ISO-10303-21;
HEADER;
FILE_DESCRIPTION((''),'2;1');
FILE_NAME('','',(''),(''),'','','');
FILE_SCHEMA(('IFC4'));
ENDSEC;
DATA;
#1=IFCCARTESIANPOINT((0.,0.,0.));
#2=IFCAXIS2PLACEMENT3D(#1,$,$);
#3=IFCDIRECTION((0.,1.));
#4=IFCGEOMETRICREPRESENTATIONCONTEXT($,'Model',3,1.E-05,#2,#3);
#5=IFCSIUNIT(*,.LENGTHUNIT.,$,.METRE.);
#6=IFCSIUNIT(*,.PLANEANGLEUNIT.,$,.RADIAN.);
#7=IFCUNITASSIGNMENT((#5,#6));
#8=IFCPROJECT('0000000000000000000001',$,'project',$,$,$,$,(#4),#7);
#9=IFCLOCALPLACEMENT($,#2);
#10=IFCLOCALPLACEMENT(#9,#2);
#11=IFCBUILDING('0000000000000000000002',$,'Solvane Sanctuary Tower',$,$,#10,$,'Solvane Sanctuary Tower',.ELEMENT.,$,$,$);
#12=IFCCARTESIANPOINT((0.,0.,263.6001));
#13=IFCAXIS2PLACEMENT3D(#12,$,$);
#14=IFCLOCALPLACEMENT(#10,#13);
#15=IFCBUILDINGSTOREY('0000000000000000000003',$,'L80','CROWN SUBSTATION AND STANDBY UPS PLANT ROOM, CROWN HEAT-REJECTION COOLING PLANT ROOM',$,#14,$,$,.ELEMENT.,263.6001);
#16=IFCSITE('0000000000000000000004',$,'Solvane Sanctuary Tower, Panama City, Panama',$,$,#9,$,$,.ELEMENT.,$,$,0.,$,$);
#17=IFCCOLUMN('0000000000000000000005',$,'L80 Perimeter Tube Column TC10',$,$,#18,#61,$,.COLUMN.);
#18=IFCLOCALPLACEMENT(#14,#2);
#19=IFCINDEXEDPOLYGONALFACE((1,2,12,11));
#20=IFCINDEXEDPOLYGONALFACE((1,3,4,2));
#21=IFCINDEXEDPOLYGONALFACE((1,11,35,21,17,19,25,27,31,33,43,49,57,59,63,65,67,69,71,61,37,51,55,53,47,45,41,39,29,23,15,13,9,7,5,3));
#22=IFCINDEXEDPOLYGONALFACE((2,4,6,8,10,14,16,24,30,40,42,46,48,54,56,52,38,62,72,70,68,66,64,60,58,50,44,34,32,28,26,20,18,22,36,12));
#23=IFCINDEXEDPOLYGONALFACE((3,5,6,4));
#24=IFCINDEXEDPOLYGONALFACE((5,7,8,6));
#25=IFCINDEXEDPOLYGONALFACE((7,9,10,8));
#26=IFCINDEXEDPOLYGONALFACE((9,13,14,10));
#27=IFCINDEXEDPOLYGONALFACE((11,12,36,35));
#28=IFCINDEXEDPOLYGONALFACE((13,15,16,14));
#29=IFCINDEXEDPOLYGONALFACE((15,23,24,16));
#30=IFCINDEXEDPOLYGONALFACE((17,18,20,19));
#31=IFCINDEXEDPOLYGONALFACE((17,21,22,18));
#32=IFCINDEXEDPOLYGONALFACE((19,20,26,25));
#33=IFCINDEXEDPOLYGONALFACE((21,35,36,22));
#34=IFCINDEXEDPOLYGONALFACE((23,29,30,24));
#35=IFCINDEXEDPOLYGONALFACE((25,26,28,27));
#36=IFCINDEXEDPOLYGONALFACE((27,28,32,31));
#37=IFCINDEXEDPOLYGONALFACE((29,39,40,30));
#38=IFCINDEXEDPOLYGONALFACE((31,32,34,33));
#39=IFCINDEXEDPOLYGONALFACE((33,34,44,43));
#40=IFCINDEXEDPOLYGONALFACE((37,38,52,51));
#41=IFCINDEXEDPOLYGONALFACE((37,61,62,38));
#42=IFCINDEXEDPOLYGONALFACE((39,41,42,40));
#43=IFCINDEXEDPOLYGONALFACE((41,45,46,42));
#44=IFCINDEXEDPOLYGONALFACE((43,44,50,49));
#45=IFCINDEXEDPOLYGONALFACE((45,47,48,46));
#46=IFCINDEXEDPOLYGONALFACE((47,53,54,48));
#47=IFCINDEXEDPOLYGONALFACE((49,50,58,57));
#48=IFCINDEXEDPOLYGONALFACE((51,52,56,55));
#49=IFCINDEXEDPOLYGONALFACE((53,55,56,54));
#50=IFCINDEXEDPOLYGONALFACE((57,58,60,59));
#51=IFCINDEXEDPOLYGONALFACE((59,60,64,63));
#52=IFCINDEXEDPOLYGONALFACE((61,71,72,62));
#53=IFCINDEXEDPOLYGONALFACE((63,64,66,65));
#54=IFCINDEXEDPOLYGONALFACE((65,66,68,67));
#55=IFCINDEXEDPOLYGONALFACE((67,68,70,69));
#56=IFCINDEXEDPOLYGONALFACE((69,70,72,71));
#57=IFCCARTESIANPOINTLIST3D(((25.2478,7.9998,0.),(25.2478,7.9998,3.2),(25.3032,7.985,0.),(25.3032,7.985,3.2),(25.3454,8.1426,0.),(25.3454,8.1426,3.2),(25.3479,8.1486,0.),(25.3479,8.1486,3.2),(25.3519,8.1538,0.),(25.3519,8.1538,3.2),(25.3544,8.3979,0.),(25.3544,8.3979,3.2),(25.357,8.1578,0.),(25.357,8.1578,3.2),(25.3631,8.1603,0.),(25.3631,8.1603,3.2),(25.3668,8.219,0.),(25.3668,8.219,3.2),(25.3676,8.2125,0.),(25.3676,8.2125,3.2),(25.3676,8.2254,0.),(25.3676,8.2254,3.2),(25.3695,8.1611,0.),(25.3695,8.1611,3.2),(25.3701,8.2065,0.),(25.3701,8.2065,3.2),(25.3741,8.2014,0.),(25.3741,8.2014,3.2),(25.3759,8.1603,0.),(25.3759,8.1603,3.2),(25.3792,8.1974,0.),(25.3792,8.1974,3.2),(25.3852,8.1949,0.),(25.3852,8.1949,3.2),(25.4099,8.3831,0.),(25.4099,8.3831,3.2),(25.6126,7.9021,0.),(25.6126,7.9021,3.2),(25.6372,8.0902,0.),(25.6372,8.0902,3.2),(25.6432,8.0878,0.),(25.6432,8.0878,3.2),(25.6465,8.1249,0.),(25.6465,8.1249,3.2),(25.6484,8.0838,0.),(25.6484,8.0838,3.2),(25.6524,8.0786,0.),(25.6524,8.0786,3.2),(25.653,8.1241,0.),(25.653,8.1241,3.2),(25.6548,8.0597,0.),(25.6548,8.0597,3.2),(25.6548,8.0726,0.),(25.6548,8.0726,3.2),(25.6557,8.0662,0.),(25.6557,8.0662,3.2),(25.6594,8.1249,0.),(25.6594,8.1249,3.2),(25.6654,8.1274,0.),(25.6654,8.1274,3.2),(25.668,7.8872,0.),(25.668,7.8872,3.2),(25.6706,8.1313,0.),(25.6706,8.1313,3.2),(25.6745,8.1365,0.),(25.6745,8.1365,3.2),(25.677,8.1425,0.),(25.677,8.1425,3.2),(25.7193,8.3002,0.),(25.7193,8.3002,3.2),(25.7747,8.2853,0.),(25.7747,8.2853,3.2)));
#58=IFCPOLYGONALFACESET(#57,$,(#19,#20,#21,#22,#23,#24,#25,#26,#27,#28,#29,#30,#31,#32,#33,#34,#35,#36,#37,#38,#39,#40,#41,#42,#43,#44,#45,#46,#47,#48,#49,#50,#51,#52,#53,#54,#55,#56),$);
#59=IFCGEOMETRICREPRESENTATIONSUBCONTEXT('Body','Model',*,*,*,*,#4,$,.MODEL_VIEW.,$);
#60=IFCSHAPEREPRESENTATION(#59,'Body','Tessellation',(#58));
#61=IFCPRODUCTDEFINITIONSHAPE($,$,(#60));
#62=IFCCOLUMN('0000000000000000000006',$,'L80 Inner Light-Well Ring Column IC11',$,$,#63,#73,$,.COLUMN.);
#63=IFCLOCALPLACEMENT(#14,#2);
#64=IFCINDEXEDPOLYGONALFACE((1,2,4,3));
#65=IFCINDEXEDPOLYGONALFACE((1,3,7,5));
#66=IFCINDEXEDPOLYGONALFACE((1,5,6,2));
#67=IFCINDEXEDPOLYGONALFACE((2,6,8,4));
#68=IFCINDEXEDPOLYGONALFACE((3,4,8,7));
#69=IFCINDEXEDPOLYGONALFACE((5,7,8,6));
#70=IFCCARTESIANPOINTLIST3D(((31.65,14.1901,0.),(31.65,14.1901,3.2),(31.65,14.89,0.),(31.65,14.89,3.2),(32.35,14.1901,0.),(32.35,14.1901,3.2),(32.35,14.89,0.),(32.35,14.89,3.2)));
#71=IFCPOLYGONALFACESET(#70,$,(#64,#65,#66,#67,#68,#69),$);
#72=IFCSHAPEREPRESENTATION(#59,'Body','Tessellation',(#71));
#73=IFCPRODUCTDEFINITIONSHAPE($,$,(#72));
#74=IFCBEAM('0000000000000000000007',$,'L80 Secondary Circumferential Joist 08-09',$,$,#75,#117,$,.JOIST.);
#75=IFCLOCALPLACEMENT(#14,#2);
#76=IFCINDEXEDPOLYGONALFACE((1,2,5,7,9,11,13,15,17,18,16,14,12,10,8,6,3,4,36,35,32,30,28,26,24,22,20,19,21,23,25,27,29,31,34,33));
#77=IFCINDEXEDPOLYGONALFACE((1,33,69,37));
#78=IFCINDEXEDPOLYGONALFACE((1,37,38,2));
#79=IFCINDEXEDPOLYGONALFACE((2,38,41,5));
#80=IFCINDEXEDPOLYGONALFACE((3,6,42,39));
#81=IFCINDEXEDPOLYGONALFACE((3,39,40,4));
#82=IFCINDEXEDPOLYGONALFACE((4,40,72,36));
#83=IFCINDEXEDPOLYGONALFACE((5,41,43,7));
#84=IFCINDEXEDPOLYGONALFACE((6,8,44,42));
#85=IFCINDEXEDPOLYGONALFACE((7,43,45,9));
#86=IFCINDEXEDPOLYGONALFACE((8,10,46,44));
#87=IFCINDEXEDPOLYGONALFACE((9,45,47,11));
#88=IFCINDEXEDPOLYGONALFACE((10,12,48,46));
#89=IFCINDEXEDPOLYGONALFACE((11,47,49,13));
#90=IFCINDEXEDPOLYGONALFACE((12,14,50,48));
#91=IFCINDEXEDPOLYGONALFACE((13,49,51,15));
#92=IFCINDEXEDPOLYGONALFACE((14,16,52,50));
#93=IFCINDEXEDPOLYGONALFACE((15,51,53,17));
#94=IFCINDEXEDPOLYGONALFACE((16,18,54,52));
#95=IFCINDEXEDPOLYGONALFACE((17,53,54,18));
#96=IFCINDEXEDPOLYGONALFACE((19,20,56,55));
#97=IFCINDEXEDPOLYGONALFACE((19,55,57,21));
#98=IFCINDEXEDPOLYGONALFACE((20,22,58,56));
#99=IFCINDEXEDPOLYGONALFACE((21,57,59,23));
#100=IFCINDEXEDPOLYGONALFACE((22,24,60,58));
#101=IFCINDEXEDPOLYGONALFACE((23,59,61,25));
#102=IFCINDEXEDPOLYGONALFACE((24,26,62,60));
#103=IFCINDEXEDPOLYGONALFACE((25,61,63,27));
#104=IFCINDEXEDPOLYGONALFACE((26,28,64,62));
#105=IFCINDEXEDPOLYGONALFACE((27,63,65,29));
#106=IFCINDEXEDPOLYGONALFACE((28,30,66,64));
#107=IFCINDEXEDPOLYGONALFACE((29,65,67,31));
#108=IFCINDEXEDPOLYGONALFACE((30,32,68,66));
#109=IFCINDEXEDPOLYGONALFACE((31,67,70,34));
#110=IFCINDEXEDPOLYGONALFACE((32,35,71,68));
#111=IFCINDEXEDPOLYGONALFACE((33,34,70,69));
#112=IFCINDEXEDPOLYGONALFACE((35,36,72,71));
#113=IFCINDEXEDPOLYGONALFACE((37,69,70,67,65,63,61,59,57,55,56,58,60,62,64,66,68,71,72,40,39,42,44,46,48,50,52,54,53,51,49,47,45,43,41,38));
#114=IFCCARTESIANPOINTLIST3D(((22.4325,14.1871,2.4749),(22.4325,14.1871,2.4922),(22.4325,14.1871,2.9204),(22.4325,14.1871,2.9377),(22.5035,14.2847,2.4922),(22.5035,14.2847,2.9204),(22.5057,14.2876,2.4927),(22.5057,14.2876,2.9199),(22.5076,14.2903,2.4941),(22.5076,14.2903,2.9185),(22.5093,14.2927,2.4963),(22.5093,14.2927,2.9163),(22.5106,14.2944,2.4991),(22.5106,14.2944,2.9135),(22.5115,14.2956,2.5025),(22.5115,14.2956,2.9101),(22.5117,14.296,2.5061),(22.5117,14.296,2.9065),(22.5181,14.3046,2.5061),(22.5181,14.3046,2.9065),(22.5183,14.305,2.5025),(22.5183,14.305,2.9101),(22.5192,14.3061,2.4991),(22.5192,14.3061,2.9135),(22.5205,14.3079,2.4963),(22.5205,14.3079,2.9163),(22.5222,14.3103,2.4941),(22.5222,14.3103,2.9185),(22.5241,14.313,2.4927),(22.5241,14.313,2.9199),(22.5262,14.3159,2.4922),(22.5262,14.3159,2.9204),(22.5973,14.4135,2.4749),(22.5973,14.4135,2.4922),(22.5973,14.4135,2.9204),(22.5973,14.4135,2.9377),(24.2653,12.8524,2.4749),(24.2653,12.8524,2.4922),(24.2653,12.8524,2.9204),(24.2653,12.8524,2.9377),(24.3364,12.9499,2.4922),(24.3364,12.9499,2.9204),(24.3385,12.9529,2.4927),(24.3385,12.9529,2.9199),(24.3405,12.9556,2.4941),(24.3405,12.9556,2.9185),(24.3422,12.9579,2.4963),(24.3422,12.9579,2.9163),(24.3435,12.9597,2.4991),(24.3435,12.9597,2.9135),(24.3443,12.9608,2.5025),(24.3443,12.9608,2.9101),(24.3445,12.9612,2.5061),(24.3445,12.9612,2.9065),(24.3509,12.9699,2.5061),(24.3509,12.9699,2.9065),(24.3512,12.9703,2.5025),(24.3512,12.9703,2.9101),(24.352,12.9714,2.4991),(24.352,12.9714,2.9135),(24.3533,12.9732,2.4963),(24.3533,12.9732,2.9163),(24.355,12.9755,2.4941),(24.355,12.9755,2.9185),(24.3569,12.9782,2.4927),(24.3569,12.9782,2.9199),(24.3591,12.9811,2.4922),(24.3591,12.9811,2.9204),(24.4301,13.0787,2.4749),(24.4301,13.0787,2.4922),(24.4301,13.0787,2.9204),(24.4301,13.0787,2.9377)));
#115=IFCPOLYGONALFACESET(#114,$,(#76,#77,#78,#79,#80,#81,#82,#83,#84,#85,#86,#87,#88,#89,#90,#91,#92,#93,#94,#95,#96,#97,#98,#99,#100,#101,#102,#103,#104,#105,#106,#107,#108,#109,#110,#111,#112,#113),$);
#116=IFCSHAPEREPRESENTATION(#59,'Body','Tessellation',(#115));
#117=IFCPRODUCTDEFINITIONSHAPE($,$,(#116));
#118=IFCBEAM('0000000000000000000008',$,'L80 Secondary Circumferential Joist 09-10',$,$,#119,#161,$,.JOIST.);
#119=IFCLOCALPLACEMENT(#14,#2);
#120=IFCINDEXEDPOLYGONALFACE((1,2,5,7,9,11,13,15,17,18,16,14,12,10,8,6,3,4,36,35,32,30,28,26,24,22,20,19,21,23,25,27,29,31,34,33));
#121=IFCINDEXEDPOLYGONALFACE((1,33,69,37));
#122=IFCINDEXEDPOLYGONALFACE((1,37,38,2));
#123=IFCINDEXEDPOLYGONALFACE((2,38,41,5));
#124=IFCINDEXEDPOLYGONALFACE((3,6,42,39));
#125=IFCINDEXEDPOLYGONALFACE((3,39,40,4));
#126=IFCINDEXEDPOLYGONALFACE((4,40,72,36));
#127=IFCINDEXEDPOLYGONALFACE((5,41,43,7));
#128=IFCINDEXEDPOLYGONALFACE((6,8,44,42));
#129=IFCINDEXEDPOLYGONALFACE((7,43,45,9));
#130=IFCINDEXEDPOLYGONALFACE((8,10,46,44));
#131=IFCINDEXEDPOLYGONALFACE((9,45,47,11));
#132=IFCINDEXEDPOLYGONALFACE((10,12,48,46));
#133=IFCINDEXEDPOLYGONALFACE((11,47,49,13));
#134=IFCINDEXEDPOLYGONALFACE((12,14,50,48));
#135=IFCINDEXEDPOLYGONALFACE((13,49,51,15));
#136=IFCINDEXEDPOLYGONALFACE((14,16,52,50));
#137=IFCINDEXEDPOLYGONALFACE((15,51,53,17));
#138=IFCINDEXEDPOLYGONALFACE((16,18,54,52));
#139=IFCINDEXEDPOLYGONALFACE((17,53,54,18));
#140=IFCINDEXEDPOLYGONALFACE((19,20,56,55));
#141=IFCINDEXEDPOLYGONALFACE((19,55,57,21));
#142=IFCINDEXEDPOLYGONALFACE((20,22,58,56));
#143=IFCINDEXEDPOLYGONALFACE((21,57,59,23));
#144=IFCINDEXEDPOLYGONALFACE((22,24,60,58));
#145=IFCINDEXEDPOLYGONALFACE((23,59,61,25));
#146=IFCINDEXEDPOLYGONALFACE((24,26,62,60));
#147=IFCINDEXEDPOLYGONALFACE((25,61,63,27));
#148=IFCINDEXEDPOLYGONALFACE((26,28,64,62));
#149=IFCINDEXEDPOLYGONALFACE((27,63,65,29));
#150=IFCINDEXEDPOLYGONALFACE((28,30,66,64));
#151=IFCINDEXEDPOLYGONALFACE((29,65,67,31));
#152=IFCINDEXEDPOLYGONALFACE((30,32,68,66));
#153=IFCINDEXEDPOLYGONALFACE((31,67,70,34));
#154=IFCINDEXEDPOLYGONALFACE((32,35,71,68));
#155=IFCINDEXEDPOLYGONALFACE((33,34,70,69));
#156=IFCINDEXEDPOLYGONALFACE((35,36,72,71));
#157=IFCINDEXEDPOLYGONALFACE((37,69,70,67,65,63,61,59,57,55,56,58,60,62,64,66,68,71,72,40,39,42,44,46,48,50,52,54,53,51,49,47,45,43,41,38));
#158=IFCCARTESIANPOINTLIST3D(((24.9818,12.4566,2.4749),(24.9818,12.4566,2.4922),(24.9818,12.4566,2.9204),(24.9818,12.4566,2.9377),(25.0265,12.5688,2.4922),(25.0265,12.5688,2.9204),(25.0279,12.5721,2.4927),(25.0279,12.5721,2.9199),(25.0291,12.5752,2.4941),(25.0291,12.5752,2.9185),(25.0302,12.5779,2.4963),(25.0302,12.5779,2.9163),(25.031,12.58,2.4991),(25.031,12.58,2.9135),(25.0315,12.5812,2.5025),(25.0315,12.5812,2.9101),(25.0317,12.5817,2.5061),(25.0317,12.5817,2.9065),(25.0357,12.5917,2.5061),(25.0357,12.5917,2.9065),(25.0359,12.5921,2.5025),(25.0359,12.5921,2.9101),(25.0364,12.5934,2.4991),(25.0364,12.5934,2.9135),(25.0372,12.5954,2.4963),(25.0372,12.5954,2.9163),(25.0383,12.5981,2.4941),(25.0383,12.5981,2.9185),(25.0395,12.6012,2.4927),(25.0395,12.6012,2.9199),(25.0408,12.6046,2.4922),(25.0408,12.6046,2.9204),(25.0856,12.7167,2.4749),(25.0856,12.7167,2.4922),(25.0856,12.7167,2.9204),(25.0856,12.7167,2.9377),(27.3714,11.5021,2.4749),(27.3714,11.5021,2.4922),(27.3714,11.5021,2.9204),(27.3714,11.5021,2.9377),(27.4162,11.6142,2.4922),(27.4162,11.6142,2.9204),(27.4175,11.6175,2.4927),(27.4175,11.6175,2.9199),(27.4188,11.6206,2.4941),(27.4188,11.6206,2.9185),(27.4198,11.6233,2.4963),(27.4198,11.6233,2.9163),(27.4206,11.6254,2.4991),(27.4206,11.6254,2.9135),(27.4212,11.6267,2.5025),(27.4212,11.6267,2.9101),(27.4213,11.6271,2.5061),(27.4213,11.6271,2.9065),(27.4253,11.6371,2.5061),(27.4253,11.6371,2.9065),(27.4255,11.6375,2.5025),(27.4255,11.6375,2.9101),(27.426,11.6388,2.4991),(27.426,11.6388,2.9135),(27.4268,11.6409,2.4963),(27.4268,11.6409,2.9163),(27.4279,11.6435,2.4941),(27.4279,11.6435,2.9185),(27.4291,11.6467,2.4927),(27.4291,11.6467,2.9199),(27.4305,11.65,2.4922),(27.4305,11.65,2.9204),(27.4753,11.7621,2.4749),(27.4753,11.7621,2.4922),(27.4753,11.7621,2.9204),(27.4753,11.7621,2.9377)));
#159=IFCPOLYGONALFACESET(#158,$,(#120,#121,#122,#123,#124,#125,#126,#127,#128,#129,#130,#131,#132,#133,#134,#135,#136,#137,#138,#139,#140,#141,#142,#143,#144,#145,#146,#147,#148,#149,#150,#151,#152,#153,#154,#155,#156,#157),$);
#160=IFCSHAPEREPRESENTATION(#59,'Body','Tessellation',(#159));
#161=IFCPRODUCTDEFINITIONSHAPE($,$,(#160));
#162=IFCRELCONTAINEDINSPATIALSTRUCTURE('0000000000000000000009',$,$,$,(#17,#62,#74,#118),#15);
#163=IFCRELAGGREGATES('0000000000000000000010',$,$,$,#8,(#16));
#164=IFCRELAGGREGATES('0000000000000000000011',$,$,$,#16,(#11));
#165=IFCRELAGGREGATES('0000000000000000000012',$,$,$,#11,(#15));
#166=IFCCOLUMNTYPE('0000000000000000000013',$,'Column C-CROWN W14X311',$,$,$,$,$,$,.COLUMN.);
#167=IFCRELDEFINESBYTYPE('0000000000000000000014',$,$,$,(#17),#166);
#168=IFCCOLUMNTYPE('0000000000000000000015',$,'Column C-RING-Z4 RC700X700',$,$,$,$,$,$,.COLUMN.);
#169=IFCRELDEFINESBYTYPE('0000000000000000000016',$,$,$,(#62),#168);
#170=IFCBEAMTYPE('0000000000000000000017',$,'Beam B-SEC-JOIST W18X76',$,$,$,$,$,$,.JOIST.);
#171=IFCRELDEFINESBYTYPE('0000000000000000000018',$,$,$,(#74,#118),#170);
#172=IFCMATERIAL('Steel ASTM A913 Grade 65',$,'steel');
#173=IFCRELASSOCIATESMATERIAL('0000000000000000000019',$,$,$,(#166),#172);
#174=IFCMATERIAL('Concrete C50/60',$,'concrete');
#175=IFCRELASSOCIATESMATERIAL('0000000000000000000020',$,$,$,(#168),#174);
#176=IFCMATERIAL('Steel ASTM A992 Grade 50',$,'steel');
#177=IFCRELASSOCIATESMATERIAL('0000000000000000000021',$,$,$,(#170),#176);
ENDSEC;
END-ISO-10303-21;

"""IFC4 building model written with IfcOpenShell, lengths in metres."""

from ifc_helpers import new_model, si_unit, direction, frame, origin, origin_2d, place, context, subcontext, project, spatial, rectangle, i_section, extrude, material, material_profile, profile_set, type_object, element, save


model = new_model("IFC4")

# Units and contexts
model_context = context("Model", 3, precision=1e-05, world=origin(), true_north=direction((0.0, 1.0)))
body_context = subcontext(model_context, "Body", "Model", "MODEL_VIEW")
ifc_project = project(units=[si_unit("LENGTHUNIT", "METRE"), si_unit("PLANEANGLEUNIT", "RADIAN")], contexts=[model_context])

# Site, building, storey
site_placement = place(None, origin())
site = spatial("IfcSite", under=ifc_project, at=site_placement, Name="Solvane Sanctuary Tower, Panama City, Panama", CompositionType="ELEMENT", RefElevation=0.0)
building_placement = place(site_placement, origin())
building = spatial("IfcBuilding", under=site, at=building_placement, Name="Solvane Sanctuary Tower", LongName="Solvane Sanctuary Tower", CompositionType="ELEMENT")
storey_placement = place(building_placement, frame((0.0, 0.0, 263.6001)))
storey = spatial("IfcBuildingStorey", under=building, at=storey_placement, Name="L80", Description="CROWN SUBSTATION AND STANDBY UPS PLANT ROOM, CROWN HEAT-REJECTION COOLING PLANT ROOM", CompositionType="ELEMENT", Elevation=263.6001)

# Columns
ifc_material_1 = material(Name="Steel ASTM A913 Grade 65", Category="steel")
ifc_material_profile_1 = material_profile(ifc_material_1, i_section(OverallWidth=0.4121, OverallDepth=0.4351, WebThickness=0.0359, FlangeThickness=0.0574, FilletRadius=0.0249, at=origin_2d()), Name="W14X311")
ifc_profile_set_1 = profile_set([ifc_material_profile_1], Name="Steel ASTM A913 Grade 65")
column_type_1 = type_object("IfcColumnType", Name="Column C-CROWN W14X311", PredefinedType="COLUMN", material=ifc_profile_set_1)
column_1_placement = place(storey_placement, frame((25.5112, 8.1426, 0.0), z_axis=(0.0, 0.0, 1.0), x_axis=(-0.258819, -0.965926, 0.0)))
element("IfcColumn", 1, at=column_1_placement, inside=storey, type_object=column_type_1, Name="L80 Perimeter Tube Column TC10", PredefinedType="COLUMN", context=body_context, shape_type="SweptSolid", body=[
    extrude(i_section(OverallWidth=0.4121, OverallDepth=0.4351, WebThickness=0.0359, FlangeThickness=0.0574, FilletRadius=0.0249, at=origin_2d()), origin(), (0.0, 0.0, 1.0), 3.2),
])
ifc_material_2 = material(Name="Concrete C50/60", Category="concrete")
ifc_material_profile_2 = material_profile(ifc_material_2, rectangle(XDim=0.7, YDim=0.7, at=origin_2d()), Name="RC700X700")
ifc_profile_set_2 = profile_set([ifc_material_profile_2], Name="Concrete C50/60")
column_type_2 = type_object("IfcColumnType", Name="Column C-RING-Z4 RC700X700", PredefinedType="COLUMN", material=ifc_profile_set_2)
column_2_placement = place(storey_placement, frame((32.0, 14.54, 0.0), z_axis=(0.0, 0.0, 1.0), x_axis=(1.0, 0.0, 0.0)))
element("IfcColumn", 2, at=column_2_placement, inside=storey, type_object=column_type_2, Name="L80 Inner Light-Well Ring Column IC11", PredefinedType="COLUMN", context=body_context, shape_type="SweptSolid", body=[
    extrude(rectangle(XDim=0.7, YDim=0.7, at=origin_2d()), origin(), (0.0, 0.0, 1.0), 3.2),
])

# Beams
ifc_material_3 = material(Name="Steel ASTM A992 Grade 50", Category="steel")
ifc_material_profile_3 = material_profile(ifc_material_3, i_section(OverallWidth=0.28, OverallDepth=0.4629, WebThickness=0.0107, FlangeThickness=0.0173, FilletRadius=0.0139, at=origin_2d()), Name="W18X76")
ifc_profile_set_3 = profile_set([ifc_material_profile_3], Name="Steel ASTM A992 Grade 50")
beam_type_1 = type_object("IfcBeamType", Name="Beam B-SEC-JOIST W18X76", PredefinedType="JOIST", material=ifc_profile_set_3)
beam_1_placement = place(storey_placement, frame((22.5149, 14.3003, 2.7063), z_axis=(0.808359, -0.58869, 0.0), x_axis=(0.58869, 0.808359, 0.0)))
element("IfcBeam", 3, at=beam_1_placement, inside=storey, type_object=beam_type_1, Name="L80 Secondary Circumferential Joist 08-09", PredefinedType="JOIST", context=body_context, shape_type="SweptSolid", body=[
    extrude(i_section(OverallWidth=0.28, OverallDepth=0.4629, WebThickness=0.0107, FlangeThickness=0.0173, FilletRadius=0.0139, at=origin_2d()), origin(), (0.0, 0.0, 1.0), 2.2673),
])
beam_2_placement = place(storey_placement, frame((25.0337, 12.5867, 2.7063), z_axis=(0.928647, -0.370965, 0.0), x_axis=(0.370965, 0.928647, 0.0)))
element("IfcBeam", 4, at=beam_2_placement, inside=storey, type_object=beam_type_1, Name="L80 Secondary Circumferential Joist 09-10", PredefinedType="JOIST", context=body_context, shape_type="SweptSolid", body=[
    extrude(i_section(OverallWidth=0.28, OverallDepth=0.4629, WebThickness=0.0107, FlangeThickness=0.0173, FilletRadius=0.0139, at=origin_2d()), origin(), (0.0, 0.0, 1.0), 2.5732),
])

save(model, "model.ifc")
